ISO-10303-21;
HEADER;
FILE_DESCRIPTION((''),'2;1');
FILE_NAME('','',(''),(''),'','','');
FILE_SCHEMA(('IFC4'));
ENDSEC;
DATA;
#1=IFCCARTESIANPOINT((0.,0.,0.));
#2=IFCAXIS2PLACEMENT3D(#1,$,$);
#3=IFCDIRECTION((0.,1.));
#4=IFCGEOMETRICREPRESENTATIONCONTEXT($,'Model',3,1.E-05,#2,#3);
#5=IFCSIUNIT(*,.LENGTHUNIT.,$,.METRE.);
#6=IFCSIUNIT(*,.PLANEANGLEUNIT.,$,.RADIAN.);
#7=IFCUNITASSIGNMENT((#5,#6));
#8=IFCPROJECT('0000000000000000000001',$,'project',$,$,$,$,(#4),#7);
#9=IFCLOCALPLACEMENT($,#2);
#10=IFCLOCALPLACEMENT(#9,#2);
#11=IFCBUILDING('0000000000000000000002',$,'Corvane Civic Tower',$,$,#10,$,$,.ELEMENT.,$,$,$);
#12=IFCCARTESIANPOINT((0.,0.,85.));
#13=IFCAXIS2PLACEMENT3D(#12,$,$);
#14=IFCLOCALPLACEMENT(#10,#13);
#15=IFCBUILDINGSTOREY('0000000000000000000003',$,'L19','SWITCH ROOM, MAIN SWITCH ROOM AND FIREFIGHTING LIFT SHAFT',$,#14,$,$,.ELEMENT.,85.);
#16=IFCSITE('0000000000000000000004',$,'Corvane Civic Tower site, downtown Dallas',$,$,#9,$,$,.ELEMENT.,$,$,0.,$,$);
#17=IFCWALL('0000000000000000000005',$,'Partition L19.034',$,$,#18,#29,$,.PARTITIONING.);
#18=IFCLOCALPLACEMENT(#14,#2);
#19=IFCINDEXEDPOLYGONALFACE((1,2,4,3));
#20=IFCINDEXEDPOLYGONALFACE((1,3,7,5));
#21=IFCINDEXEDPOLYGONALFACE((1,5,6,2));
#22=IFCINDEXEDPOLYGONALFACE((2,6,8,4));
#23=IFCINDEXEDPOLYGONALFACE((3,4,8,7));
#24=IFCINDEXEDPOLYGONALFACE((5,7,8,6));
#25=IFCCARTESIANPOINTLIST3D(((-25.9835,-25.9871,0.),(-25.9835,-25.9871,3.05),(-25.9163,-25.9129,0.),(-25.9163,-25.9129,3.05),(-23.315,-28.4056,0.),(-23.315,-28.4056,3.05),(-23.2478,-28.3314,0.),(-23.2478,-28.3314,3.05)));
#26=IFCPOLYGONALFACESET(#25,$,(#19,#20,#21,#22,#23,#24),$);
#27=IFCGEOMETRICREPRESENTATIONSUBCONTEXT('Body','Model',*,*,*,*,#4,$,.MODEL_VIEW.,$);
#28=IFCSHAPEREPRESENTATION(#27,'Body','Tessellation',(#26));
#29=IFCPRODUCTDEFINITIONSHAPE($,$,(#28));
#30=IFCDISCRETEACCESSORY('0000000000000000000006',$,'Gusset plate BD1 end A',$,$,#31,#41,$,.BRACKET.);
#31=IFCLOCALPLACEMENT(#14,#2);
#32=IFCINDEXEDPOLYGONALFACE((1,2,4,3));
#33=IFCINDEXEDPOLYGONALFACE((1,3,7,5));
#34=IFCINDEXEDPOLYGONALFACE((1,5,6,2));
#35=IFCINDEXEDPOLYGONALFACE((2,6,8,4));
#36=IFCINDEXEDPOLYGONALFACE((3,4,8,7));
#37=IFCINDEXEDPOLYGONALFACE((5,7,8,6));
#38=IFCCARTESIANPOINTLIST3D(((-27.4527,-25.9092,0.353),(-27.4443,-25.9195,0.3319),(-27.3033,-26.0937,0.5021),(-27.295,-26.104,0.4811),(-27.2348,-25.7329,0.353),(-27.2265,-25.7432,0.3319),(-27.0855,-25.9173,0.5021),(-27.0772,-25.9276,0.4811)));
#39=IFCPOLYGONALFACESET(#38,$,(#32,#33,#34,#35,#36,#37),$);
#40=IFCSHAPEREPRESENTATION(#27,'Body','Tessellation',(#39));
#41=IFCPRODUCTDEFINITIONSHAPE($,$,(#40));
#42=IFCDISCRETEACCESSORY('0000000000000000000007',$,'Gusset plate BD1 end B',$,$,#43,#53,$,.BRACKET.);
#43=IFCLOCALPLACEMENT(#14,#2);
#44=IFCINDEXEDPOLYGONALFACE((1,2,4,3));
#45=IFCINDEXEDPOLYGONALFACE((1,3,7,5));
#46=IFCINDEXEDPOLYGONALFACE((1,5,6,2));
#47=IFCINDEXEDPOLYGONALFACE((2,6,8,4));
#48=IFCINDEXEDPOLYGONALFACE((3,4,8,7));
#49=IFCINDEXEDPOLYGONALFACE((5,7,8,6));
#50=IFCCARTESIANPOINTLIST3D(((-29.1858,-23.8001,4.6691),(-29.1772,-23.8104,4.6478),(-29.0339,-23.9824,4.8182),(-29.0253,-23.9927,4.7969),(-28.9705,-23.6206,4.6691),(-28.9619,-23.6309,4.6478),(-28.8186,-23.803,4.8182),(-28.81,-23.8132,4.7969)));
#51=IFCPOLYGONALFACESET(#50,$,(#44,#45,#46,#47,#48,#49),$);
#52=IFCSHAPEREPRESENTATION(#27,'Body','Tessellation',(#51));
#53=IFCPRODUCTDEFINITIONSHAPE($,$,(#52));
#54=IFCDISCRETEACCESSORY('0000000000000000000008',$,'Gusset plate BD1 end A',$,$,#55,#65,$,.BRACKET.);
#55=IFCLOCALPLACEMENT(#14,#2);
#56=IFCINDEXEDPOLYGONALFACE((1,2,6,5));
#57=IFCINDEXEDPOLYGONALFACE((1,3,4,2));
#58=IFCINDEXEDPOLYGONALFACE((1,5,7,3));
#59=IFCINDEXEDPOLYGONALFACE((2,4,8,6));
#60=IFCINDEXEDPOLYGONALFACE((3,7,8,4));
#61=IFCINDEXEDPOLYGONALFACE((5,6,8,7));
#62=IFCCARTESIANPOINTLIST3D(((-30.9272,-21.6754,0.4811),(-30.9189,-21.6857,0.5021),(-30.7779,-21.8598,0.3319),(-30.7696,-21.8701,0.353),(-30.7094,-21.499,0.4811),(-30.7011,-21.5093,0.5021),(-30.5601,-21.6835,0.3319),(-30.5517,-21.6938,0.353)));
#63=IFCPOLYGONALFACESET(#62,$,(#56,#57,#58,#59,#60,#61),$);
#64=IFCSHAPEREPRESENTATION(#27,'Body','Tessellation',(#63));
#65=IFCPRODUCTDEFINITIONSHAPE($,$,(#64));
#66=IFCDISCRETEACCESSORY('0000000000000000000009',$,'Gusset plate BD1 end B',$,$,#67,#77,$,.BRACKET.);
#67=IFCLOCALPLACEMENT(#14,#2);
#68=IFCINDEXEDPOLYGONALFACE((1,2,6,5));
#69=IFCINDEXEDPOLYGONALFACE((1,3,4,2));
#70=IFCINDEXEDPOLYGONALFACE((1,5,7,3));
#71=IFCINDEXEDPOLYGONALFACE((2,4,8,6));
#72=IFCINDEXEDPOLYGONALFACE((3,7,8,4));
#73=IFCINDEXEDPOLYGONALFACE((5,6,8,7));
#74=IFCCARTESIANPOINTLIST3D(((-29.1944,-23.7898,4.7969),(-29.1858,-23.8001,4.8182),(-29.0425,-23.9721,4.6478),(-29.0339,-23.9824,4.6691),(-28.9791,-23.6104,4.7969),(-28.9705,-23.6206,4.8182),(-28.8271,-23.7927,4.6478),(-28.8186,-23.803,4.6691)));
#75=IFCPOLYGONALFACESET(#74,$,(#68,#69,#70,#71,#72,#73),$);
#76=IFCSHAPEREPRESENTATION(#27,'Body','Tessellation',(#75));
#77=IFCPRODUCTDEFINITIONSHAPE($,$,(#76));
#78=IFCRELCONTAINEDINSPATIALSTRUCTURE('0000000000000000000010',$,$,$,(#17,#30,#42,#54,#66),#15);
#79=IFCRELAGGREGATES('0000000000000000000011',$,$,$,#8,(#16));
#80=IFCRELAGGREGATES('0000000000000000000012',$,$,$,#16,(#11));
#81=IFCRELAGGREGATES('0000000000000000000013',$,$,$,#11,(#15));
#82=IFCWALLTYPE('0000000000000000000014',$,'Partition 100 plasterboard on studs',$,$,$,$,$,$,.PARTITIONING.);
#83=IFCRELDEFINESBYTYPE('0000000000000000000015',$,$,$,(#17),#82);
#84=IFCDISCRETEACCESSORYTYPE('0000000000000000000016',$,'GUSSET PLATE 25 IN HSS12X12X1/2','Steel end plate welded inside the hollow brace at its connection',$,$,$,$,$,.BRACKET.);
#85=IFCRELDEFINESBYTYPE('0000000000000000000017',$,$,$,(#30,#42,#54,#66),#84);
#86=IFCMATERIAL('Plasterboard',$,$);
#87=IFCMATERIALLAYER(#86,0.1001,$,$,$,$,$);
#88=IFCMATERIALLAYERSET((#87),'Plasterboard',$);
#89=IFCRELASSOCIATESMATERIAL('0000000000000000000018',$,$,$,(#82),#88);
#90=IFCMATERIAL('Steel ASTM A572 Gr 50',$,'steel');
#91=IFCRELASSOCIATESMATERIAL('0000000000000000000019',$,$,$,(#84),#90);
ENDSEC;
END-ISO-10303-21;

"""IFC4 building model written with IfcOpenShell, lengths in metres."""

from ifc_helpers import new_model, si_unit, direction, frame, frame_2d, origin, origin_2d, place, context, subcontext, project, spatial, rectangle, extrude, material, layer, layer_set, material_profile, profile_set, type_object, element, save


model = new_model("IFC4")

# Units and contexts
model_context = context("Model", 3, precision=1e-05, world=origin(), true_north=direction((0.0, 1.0)))
body_context = subcontext(model_context, "Body", "Model", "MODEL_VIEW")
ifc_project = project(units=[si_unit("LENGTHUNIT", "METRE"), si_unit("PLANEANGLEUNIT", "RADIAN")], contexts=[model_context])

# Site, building, storey
site_placement = place(None, origin())
site = spatial("IfcSite", under=ifc_project, at=site_placement, Name="Corvane Civic Tower site, downtown Dallas", CompositionType="ELEMENT", RefElevation=0.0)
building_placement = place(site_placement, origin())
building = spatial("IfcBuilding", under=site, at=building_placement, Name="Corvane Civic Tower", CompositionType="ELEMENT")
storey_placement = place(building_placement, frame((0.0, 0.0, 85.0)))
storey = spatial("IfcBuildingStorey", under=building, at=storey_placement, Name="L19", Description="SWITCH ROOM, MAIN SWITCH ROOM AND FIREFIGHTING LIFT SHAFT", CompositionType="ELEMENT", Elevation=85.0)

# Wall
ifc_material_1 = material(Name="Plasterboard")
ifc_layer = layer(ifc_material_1, 0.1001)
ifc_layer_set = layer_set([ifc_layer], Name="Plasterboard")
wall_type = type_object("IfcWallType", Name="Partition 100 plasterboard on studs", PredefinedType="PARTITIONING", material=ifc_layer_set)
for number, where, z_axis, x_axis, name in (
    (1, (-25.95, -25.95, 0.0), (0.0, 0.0, 1.0), (0.740964, -0.671545, 0.0), "Partition L19.034"),
):
    element("IfcWall", number, at=place(storey_placement, frame(where, z_axis=z_axis, x_axis=x_axis)), inside=storey, type_object=wall_type, Name=name, PredefinedType="PARTITIONING", context=body_context, shape_type="SweptSolid", body=[
        extrude(rectangle(XDim=3.6013, YDim=0.1001, at=frame_2d((1.8008, 0.0))), origin(), (0.0, 0.0, 1.0), 3.05),
    ])

# Discrete accessories
ifc_material_2 = material(Name="Steel ASTM A572 Gr 50", Category="steel")
ifc_material_profile_1 = material_profile(ifc_material_2, rectangle(XDim=0.2803, YDim=0.2803, at=origin_2d()), Name="GUSSET PLATE 25 IN HSS12X12X1/2")
ifc_profile_set_1 = profile_set([ifc_material_profile_1], Name="Steel ASTM A572 Gr 50")
discrete_accessory_type = type_object("IfcDiscreteAccessoryType", Name="GUSSET PLATE 25 IN HSS12X12X1/2", Description="Steel end plate welded inside the hollow brace at its connection", PredefinedType="BRACKET", material=ifc_profile_set_1)
discrete_accessory_1_placement = place(storey_placement, frame((-27.2607, -25.9236, 0.4065), z_axis=(-0.334752, 0.413517, 0.846726), x_axis=(-0.777245, -0.629198, 0.0)))
element("IfcDiscreteAccessory", 2, at=discrete_accessory_1_placement, inside=storey, type_object=discrete_accessory_type, Name="Gusset plate BD1 end A", PredefinedType="BRACKET", context=body_context, shape_type="SweptSolid", body=[
    extrude(rectangle(XDim=0.2803, YDim=0.2803, at=origin_2d()), origin(), (0.0, 0.0, 1.0), 0.0249),
])
discrete_accessory_2_placement = place(storey_placement, frame((-29.0022, -23.8015, 4.7437), z_axis=(0.340626, -0.408751, -0.846698), x_axis=(0.768221, 0.640184, 0.0)))
element("IfcDiscreteAccessory", 3, at=discrete_accessory_2_placement, inside=storey, type_object=discrete_accessory_type, Name="Gusset plate BD1 end B", PredefinedType="BRACKET", context=body_context, shape_type="SweptSolid", body=[
    extrude(rectangle(XDim=0.2803, YDim=0.2803, at=origin_2d()), origin(), (0.0, 0.0, 1.0), 0.0251),
])
discrete_accessory_3_placement = place(storey_placement, frame((-30.7437, -21.6794, 0.4065), z_axis=(0.334752, -0.413517, 0.846726), x_axis=(0.777245, 0.629198, 0.0)))
element("IfcDiscreteAccessory", 4, at=discrete_accessory_3_placement, inside=storey, type_object=discrete_accessory_type, Name="Gusset plate BD1 end A", PredefinedType="BRACKET", context=body_context, shape_type="SweptSolid", body=[
    extrude(rectangle(XDim=0.2803, YDim=0.2803, at=origin_2d()), origin(), (0.0, 0.0, 1.0), 0.0249),
])
discrete_accessory_4_placement = place(storey_placement, frame((-29.0022, -23.8015, 4.7437), z_axis=(-0.340626, 0.408751, -0.846698), x_axis=(-0.768221, -0.640184, 0.0)))
element("IfcDiscreteAccessory", 5, at=discrete_accessory_4_placement, inside=storey, type_object=discrete_accessory_type, Name="Gusset plate BD1 end B", PredefinedType="BRACKET", context=body_context, shape_type="SweptSolid", body=[
    extrude(rectangle(XDim=0.2803, YDim=0.2803, at=origin_2d()), origin(), (0.0, 0.0, 1.0), 0.0251),
])

save(model, "model.ifc")
